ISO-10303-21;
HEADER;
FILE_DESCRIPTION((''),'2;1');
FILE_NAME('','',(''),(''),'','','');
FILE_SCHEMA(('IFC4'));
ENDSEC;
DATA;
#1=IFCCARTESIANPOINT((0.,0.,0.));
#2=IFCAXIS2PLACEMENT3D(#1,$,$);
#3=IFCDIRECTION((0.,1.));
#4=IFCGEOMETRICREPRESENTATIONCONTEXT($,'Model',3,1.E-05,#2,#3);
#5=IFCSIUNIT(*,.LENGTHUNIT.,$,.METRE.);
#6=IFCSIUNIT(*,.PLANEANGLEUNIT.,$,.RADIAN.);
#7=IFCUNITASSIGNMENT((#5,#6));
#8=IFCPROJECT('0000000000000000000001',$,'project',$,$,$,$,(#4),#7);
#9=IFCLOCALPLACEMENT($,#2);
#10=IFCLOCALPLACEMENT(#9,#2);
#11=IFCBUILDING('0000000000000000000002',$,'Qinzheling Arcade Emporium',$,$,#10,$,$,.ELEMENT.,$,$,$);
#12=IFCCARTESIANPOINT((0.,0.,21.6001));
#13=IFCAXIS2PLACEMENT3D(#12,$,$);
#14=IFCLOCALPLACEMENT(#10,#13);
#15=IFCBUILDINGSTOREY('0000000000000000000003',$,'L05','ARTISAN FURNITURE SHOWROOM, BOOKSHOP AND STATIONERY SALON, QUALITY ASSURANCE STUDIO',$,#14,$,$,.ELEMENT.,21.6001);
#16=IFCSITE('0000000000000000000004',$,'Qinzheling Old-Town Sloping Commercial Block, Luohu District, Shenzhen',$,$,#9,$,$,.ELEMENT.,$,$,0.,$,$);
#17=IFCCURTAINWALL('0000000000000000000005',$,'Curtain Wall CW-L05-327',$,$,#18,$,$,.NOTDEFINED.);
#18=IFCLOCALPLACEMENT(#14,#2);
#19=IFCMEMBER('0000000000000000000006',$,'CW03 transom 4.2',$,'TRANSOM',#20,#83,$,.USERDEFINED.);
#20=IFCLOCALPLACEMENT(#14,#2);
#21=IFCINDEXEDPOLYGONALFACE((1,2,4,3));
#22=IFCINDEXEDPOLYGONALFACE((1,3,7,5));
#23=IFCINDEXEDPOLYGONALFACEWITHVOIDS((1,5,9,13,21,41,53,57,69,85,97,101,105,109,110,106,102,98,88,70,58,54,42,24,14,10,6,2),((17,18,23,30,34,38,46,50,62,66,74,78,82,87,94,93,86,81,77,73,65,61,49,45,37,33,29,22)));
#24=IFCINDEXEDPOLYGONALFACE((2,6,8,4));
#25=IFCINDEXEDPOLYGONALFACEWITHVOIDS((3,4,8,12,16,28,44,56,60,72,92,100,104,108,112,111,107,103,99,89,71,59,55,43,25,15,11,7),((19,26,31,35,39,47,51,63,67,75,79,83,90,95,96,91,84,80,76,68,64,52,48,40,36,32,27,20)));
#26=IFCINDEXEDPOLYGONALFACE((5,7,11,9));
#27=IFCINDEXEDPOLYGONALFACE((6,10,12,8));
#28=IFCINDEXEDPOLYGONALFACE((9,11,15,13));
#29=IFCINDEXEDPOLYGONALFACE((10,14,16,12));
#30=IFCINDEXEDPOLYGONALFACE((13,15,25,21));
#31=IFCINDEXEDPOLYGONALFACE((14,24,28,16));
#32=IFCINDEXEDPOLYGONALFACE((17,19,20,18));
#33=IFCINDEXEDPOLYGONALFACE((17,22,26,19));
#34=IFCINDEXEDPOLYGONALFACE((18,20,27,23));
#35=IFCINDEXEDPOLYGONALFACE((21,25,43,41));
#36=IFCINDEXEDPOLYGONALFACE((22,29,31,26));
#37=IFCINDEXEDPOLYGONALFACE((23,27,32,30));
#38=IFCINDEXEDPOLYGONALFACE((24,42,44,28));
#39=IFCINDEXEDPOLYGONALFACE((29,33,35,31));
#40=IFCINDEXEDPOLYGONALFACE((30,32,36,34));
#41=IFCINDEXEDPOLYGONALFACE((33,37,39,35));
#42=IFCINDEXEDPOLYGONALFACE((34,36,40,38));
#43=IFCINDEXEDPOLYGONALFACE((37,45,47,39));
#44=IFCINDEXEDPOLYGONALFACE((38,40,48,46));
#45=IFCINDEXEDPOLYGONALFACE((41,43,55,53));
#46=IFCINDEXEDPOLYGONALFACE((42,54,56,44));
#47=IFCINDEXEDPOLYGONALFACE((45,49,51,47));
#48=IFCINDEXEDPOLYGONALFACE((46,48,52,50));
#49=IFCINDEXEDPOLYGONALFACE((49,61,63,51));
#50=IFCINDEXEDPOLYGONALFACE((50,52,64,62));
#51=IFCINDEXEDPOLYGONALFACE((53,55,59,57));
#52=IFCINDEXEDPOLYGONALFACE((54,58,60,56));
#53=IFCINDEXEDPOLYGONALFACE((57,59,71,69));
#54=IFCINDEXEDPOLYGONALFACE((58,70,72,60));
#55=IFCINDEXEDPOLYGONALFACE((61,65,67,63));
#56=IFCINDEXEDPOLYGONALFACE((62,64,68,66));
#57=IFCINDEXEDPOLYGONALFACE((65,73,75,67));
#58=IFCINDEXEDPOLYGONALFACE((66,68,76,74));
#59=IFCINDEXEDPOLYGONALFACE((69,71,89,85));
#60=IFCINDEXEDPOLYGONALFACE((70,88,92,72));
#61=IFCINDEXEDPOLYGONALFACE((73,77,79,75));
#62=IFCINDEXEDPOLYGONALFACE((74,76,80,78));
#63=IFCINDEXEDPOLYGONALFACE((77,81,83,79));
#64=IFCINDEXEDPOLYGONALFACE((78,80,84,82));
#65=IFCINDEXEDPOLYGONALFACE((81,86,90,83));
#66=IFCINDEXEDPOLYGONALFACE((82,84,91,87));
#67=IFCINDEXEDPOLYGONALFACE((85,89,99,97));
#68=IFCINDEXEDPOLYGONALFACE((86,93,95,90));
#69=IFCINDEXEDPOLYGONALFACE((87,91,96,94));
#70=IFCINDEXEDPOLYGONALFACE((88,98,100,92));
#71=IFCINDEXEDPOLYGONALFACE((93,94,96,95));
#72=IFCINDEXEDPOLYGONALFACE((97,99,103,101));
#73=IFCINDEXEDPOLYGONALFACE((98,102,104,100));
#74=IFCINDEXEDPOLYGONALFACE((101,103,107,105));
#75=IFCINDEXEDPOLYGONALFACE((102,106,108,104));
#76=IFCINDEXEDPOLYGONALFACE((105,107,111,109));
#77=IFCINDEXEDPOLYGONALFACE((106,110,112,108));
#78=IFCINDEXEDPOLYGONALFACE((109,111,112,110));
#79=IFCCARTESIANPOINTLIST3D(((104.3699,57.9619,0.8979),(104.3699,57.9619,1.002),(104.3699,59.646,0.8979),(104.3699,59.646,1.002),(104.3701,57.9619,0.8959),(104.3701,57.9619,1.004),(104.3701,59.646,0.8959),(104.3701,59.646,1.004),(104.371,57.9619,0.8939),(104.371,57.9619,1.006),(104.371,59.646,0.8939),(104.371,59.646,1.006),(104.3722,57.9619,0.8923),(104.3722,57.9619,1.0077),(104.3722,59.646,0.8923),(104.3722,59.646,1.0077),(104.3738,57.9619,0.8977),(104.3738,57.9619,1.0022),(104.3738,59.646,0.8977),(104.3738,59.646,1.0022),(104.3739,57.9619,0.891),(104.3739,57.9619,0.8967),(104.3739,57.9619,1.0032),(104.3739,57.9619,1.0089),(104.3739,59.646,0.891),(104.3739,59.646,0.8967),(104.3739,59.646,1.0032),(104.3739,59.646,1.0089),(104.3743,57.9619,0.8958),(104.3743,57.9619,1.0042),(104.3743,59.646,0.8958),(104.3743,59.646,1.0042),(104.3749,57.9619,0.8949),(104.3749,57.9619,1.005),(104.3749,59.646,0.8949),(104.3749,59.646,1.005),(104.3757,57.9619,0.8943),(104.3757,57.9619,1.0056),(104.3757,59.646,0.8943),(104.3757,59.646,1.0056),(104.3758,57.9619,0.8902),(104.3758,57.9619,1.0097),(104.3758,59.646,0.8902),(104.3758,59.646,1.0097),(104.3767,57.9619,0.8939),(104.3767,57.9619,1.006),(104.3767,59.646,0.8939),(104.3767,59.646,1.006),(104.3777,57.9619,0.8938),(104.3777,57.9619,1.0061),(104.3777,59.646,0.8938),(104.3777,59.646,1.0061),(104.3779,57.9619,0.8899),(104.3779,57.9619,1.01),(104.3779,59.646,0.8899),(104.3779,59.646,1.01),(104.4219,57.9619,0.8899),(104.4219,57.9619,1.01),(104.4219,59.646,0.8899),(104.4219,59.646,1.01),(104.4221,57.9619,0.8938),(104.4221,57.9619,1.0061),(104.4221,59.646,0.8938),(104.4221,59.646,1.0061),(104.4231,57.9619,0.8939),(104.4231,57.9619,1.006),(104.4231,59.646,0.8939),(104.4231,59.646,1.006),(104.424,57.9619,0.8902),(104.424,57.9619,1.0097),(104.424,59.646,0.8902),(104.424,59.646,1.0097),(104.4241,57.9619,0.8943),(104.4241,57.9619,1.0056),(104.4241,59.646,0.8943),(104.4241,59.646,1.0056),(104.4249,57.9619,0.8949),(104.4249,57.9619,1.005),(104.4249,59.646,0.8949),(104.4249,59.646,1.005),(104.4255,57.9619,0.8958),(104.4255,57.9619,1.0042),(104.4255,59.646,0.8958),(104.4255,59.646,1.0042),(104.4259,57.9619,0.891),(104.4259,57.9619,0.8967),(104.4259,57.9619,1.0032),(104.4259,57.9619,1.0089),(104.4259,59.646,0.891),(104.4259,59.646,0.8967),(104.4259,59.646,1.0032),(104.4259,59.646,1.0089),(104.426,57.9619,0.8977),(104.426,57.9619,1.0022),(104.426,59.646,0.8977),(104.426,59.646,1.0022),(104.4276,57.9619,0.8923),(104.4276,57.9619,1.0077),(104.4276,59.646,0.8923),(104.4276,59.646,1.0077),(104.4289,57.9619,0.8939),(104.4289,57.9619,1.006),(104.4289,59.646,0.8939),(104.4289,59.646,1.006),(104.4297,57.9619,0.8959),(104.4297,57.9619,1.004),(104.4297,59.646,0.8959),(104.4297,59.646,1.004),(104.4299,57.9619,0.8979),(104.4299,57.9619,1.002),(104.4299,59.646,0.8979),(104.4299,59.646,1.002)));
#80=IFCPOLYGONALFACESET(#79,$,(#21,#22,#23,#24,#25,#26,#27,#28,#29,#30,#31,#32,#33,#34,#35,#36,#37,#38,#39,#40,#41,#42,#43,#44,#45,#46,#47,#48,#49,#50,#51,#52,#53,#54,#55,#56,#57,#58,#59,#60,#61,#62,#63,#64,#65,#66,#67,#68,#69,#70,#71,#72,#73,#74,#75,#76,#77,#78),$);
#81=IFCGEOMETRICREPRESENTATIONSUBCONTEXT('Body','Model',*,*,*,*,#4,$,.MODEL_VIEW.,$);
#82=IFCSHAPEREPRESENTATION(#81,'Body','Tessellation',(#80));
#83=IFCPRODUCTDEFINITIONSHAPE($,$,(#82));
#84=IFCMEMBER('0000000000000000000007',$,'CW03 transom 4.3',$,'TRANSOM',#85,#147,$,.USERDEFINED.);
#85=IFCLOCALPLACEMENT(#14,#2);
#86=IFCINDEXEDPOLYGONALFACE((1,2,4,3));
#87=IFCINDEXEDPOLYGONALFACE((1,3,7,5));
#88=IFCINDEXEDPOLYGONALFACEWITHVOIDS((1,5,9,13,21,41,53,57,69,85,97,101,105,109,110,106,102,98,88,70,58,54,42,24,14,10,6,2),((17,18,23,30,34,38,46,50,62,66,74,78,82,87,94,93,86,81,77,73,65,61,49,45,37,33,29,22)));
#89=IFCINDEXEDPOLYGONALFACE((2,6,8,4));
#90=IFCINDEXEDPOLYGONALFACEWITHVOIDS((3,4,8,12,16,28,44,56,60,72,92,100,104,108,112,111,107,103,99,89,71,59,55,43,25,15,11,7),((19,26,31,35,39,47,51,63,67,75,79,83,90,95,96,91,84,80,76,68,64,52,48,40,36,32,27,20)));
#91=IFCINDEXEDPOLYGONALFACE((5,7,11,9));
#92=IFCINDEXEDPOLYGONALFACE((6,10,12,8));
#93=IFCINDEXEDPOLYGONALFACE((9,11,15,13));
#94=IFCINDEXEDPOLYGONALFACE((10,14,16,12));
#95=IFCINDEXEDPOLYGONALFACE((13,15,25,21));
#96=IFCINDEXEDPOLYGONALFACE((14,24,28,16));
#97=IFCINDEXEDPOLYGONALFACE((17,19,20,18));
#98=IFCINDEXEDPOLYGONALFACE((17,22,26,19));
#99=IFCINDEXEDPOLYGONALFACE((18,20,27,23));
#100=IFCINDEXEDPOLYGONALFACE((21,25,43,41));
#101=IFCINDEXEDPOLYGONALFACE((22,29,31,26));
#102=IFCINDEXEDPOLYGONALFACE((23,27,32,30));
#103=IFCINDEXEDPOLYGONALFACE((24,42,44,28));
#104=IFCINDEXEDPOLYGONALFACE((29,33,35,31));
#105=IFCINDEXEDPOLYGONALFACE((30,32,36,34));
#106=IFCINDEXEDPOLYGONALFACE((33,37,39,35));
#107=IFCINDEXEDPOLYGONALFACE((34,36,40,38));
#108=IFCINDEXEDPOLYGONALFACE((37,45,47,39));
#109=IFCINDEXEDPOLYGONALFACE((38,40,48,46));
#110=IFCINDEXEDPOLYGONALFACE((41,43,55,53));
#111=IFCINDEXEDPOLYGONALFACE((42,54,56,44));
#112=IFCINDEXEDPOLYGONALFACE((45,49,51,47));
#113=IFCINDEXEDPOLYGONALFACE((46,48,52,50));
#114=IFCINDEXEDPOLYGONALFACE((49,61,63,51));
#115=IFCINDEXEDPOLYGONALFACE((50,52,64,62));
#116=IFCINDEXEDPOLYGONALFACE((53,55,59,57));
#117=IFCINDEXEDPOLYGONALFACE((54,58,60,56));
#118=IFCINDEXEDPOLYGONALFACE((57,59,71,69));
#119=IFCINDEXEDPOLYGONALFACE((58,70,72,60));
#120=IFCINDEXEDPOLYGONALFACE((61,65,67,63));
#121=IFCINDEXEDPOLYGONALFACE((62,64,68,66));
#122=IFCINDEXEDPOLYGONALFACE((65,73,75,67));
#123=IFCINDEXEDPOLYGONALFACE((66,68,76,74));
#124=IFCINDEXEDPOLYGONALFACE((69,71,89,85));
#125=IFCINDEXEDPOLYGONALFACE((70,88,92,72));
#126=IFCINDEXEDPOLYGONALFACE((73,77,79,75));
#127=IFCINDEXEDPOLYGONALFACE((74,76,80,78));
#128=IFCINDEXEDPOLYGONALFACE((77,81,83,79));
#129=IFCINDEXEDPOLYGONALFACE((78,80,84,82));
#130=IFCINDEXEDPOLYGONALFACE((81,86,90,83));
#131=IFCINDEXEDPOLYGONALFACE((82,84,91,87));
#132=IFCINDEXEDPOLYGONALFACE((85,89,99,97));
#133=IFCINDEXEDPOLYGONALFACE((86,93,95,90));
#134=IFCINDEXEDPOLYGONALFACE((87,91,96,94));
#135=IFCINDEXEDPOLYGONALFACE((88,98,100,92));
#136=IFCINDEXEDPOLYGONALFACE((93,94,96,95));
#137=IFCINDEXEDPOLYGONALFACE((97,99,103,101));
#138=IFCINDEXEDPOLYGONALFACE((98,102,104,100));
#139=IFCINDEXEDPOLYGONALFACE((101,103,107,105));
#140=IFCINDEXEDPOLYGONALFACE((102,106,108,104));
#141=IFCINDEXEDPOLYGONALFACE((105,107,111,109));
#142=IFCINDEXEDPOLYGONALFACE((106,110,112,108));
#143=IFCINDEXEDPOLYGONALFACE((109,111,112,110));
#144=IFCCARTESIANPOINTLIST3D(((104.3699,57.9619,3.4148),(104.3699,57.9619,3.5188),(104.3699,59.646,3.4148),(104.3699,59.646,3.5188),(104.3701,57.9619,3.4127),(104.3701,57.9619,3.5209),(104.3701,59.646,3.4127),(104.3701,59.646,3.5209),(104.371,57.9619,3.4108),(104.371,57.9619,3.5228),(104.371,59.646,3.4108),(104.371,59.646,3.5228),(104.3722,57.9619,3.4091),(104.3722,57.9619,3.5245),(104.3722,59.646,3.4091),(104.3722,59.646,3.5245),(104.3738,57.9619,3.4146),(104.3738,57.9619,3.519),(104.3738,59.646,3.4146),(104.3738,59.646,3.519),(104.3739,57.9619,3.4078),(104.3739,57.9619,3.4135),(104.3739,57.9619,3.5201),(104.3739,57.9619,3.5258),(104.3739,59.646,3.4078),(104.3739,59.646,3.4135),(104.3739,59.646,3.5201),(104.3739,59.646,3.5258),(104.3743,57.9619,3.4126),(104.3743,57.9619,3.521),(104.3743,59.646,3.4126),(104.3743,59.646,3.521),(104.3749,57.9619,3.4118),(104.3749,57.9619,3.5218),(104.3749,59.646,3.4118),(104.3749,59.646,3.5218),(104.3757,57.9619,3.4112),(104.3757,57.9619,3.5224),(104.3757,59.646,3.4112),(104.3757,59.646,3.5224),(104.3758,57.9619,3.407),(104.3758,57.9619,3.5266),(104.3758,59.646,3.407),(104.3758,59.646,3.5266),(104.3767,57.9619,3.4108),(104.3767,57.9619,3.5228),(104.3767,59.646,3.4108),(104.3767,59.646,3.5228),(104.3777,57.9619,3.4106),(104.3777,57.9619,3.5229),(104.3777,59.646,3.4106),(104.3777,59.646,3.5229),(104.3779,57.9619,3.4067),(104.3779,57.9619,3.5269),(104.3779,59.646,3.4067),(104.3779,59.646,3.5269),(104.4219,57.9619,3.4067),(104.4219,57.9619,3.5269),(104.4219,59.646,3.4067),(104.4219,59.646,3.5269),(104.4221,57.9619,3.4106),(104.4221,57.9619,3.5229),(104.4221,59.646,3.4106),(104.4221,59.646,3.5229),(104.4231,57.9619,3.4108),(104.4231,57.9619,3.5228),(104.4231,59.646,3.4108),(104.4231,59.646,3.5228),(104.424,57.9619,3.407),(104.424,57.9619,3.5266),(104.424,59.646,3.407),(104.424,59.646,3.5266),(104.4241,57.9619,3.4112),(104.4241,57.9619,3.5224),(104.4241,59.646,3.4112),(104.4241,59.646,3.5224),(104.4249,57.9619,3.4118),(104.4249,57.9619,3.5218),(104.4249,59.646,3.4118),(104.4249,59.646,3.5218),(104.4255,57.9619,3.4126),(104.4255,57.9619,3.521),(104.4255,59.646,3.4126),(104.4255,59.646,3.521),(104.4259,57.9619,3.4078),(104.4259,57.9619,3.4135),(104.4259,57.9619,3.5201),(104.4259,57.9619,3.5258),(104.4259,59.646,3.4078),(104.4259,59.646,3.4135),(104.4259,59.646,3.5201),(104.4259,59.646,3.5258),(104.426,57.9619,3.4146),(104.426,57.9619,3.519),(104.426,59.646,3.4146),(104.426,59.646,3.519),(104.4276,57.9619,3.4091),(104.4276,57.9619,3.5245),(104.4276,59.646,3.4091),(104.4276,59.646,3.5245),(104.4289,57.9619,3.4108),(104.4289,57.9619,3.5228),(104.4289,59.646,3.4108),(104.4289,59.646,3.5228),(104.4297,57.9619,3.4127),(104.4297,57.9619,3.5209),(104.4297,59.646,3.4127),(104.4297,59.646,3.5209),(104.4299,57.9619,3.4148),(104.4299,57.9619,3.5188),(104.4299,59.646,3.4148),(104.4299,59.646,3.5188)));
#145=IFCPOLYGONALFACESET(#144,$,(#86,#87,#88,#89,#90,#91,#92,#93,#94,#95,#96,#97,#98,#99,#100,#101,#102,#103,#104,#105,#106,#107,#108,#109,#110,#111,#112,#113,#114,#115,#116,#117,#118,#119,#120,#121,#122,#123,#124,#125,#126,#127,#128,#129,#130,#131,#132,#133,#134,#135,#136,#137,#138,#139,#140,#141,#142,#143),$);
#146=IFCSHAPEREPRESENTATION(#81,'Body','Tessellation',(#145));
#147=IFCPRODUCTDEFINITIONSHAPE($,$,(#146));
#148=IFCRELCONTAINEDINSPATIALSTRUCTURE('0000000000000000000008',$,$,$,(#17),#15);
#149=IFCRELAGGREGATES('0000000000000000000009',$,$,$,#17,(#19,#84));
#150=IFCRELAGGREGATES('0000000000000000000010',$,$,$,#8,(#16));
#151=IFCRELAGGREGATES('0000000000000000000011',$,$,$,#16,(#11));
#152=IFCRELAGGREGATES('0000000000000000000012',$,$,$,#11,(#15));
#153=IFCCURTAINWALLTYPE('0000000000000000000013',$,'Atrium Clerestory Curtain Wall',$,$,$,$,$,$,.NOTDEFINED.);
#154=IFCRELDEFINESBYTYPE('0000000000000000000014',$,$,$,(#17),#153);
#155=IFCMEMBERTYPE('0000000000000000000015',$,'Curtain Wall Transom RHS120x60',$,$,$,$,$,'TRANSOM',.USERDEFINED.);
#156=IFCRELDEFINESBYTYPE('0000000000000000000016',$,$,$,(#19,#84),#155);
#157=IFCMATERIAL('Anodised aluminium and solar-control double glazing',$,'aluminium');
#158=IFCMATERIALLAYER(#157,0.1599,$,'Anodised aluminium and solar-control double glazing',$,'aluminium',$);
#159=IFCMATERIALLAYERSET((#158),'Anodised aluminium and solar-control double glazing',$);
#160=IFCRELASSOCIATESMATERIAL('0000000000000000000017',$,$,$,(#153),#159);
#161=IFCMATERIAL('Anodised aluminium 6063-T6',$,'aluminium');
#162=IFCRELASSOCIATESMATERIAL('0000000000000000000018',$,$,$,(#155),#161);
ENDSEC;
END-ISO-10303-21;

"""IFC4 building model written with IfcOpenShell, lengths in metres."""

from ifc_helpers import new_model, si_unit, direction, frame, origin, origin_2d, place, context, subcontext, project, spatial, hollow_rectangle, extrude, material, layer, layer_set, material_profile, profile_set, type_object, element, aggregate, save


model = new_model("IFC4")

# Units and contexts
model_context = context("Model", 3, precision=1e-05, world=origin(), true_north=direction((0.0, 1.0)))
body_context = subcontext(model_context, "Body", "Model", "MODEL_VIEW")
ifc_project = project(units=[si_unit("LENGTHUNIT", "METRE"), si_unit("PLANEANGLEUNIT", "RADIAN")], contexts=[model_context])

# Site, building, storey
site_placement = place(None, origin())
site = spatial("IfcSite", under=ifc_project, at=site_placement, Name="Qinzheling Old-Town Sloping Commercial Block, Luohu District, Shenzhen", CompositionType="ELEMENT", RefElevation=0.0)
building_placement = place(site_placement, origin())
building = spatial("IfcBuilding", under=site, at=building_placement, Name="Qinzheling Arcade Emporium", CompositionType="ELEMENT")
storey_placement = place(building_placement, frame((0.0, 0.0, 21.6001)))
storey = spatial("IfcBuildingStorey", under=building, at=storey_placement, Name="L05", Description="ARTISAN FURNITURE SHOWROOM, BOOKSHOP AND STATIONERY SALON, QUALITY ASSURANCE STUDIO", CompositionType="ELEMENT", Elevation=21.6001)

# Curtain wall
ifc_material_1 = material(Name="Anodised aluminium and solar-control double glazing", Category="aluminium")
ifc_layer_1 = layer(ifc_material_1, 0.1599, Name="Anodised aluminium and solar-control double glazing", Category="aluminium")
ifc_layer_set_1 = layer_set([ifc_layer_1], Name="Anodised aluminium and solar-control double glazing")
curtain_wall_type = type_object("IfcCurtainWallType", Name="Atrium Clerestory Curtain Wall", PredefinedType="NOTDEFINED", material=ifc_layer_set_1)
curtain_wall_1_placement = place(storey_placement, origin())
curtain_wall_1 = element("IfcCurtainWall", 1, at=curtain_wall_1_placement, inside=storey, type_object=curtain_wall_type, Name="Curtain Wall CW-L05-327", PredefinedType="NOTDEFINED")
ifc_material_2 = material(Name="Anodised aluminium 6063-T6", Category="aluminium")

# Members
ifc_material_profile_1 = material_profile(ifc_material_2, hollow_rectangle(XDim=0.0601, YDim=0.1201, WallThickness=0.0039, InnerFilletRadius=0.0039, OuterFilletRadius=0.0081, at=origin_2d()), Name="RHS 120x60x4", Category="aluminium")
ifc_profile_set_1 = profile_set([ifc_material_profile_1], Name="Anodised aluminium 6063-T6")
member_type_1 = type_object("IfcMemberType", Name="Curtain Wall Transom RHS120x60", ElementType="TRANSOM", PredefinedType="USERDEFINED", material=ifc_profile_set_1)
member_1_placement = place(storey_placement, frame((104.3999, 59.646, 0.95), z_axis=(0.0, -1.0, 0.0), x_axis=(1.0, 0.0, 0.0)))
member_1 = element("IfcMember", 2, at=member_1_placement, type_object=member_type_1, Name="CW03 transom 4.2", ObjectType="TRANSOM", PredefinedType="USERDEFINED", context=body_context, shape_type="SweptSolid", body=[
    extrude(hollow_rectangle(XDim=0.0601, YDim=0.1201, WallThickness=0.0039, InnerFilletRadius=0.0039, OuterFilletRadius=0.0081, at=origin_2d()), origin(), (0.0, 0.0, 1.0), 1.6841),
])
member_2_placement = place(storey_placement, frame((104.3999, 59.646, 3.4668), z_axis=(0.0, -1.0, 0.0), x_axis=(1.0, 0.0, 0.0)))
member_2 = element("IfcMember", 3, at=member_2_placement, type_object=member_type_1, Name="CW03 transom 4.3", ObjectType="TRANSOM", PredefinedType="USERDEFINED", context=body_context, shape_type="SweptSolid", body=[
    extrude(hollow_rectangle(XDim=0.0601, YDim=0.1201, WallThickness=0.0039, InnerFilletRadius=0.0039, OuterFilletRadius=0.0081, at=origin_2d()), origin(), (0.0, 0.0, 1.0), 1.6841),
])

aggregate(curtain_wall_1, [member_1, member_2])

save(model, "model.ifc")
